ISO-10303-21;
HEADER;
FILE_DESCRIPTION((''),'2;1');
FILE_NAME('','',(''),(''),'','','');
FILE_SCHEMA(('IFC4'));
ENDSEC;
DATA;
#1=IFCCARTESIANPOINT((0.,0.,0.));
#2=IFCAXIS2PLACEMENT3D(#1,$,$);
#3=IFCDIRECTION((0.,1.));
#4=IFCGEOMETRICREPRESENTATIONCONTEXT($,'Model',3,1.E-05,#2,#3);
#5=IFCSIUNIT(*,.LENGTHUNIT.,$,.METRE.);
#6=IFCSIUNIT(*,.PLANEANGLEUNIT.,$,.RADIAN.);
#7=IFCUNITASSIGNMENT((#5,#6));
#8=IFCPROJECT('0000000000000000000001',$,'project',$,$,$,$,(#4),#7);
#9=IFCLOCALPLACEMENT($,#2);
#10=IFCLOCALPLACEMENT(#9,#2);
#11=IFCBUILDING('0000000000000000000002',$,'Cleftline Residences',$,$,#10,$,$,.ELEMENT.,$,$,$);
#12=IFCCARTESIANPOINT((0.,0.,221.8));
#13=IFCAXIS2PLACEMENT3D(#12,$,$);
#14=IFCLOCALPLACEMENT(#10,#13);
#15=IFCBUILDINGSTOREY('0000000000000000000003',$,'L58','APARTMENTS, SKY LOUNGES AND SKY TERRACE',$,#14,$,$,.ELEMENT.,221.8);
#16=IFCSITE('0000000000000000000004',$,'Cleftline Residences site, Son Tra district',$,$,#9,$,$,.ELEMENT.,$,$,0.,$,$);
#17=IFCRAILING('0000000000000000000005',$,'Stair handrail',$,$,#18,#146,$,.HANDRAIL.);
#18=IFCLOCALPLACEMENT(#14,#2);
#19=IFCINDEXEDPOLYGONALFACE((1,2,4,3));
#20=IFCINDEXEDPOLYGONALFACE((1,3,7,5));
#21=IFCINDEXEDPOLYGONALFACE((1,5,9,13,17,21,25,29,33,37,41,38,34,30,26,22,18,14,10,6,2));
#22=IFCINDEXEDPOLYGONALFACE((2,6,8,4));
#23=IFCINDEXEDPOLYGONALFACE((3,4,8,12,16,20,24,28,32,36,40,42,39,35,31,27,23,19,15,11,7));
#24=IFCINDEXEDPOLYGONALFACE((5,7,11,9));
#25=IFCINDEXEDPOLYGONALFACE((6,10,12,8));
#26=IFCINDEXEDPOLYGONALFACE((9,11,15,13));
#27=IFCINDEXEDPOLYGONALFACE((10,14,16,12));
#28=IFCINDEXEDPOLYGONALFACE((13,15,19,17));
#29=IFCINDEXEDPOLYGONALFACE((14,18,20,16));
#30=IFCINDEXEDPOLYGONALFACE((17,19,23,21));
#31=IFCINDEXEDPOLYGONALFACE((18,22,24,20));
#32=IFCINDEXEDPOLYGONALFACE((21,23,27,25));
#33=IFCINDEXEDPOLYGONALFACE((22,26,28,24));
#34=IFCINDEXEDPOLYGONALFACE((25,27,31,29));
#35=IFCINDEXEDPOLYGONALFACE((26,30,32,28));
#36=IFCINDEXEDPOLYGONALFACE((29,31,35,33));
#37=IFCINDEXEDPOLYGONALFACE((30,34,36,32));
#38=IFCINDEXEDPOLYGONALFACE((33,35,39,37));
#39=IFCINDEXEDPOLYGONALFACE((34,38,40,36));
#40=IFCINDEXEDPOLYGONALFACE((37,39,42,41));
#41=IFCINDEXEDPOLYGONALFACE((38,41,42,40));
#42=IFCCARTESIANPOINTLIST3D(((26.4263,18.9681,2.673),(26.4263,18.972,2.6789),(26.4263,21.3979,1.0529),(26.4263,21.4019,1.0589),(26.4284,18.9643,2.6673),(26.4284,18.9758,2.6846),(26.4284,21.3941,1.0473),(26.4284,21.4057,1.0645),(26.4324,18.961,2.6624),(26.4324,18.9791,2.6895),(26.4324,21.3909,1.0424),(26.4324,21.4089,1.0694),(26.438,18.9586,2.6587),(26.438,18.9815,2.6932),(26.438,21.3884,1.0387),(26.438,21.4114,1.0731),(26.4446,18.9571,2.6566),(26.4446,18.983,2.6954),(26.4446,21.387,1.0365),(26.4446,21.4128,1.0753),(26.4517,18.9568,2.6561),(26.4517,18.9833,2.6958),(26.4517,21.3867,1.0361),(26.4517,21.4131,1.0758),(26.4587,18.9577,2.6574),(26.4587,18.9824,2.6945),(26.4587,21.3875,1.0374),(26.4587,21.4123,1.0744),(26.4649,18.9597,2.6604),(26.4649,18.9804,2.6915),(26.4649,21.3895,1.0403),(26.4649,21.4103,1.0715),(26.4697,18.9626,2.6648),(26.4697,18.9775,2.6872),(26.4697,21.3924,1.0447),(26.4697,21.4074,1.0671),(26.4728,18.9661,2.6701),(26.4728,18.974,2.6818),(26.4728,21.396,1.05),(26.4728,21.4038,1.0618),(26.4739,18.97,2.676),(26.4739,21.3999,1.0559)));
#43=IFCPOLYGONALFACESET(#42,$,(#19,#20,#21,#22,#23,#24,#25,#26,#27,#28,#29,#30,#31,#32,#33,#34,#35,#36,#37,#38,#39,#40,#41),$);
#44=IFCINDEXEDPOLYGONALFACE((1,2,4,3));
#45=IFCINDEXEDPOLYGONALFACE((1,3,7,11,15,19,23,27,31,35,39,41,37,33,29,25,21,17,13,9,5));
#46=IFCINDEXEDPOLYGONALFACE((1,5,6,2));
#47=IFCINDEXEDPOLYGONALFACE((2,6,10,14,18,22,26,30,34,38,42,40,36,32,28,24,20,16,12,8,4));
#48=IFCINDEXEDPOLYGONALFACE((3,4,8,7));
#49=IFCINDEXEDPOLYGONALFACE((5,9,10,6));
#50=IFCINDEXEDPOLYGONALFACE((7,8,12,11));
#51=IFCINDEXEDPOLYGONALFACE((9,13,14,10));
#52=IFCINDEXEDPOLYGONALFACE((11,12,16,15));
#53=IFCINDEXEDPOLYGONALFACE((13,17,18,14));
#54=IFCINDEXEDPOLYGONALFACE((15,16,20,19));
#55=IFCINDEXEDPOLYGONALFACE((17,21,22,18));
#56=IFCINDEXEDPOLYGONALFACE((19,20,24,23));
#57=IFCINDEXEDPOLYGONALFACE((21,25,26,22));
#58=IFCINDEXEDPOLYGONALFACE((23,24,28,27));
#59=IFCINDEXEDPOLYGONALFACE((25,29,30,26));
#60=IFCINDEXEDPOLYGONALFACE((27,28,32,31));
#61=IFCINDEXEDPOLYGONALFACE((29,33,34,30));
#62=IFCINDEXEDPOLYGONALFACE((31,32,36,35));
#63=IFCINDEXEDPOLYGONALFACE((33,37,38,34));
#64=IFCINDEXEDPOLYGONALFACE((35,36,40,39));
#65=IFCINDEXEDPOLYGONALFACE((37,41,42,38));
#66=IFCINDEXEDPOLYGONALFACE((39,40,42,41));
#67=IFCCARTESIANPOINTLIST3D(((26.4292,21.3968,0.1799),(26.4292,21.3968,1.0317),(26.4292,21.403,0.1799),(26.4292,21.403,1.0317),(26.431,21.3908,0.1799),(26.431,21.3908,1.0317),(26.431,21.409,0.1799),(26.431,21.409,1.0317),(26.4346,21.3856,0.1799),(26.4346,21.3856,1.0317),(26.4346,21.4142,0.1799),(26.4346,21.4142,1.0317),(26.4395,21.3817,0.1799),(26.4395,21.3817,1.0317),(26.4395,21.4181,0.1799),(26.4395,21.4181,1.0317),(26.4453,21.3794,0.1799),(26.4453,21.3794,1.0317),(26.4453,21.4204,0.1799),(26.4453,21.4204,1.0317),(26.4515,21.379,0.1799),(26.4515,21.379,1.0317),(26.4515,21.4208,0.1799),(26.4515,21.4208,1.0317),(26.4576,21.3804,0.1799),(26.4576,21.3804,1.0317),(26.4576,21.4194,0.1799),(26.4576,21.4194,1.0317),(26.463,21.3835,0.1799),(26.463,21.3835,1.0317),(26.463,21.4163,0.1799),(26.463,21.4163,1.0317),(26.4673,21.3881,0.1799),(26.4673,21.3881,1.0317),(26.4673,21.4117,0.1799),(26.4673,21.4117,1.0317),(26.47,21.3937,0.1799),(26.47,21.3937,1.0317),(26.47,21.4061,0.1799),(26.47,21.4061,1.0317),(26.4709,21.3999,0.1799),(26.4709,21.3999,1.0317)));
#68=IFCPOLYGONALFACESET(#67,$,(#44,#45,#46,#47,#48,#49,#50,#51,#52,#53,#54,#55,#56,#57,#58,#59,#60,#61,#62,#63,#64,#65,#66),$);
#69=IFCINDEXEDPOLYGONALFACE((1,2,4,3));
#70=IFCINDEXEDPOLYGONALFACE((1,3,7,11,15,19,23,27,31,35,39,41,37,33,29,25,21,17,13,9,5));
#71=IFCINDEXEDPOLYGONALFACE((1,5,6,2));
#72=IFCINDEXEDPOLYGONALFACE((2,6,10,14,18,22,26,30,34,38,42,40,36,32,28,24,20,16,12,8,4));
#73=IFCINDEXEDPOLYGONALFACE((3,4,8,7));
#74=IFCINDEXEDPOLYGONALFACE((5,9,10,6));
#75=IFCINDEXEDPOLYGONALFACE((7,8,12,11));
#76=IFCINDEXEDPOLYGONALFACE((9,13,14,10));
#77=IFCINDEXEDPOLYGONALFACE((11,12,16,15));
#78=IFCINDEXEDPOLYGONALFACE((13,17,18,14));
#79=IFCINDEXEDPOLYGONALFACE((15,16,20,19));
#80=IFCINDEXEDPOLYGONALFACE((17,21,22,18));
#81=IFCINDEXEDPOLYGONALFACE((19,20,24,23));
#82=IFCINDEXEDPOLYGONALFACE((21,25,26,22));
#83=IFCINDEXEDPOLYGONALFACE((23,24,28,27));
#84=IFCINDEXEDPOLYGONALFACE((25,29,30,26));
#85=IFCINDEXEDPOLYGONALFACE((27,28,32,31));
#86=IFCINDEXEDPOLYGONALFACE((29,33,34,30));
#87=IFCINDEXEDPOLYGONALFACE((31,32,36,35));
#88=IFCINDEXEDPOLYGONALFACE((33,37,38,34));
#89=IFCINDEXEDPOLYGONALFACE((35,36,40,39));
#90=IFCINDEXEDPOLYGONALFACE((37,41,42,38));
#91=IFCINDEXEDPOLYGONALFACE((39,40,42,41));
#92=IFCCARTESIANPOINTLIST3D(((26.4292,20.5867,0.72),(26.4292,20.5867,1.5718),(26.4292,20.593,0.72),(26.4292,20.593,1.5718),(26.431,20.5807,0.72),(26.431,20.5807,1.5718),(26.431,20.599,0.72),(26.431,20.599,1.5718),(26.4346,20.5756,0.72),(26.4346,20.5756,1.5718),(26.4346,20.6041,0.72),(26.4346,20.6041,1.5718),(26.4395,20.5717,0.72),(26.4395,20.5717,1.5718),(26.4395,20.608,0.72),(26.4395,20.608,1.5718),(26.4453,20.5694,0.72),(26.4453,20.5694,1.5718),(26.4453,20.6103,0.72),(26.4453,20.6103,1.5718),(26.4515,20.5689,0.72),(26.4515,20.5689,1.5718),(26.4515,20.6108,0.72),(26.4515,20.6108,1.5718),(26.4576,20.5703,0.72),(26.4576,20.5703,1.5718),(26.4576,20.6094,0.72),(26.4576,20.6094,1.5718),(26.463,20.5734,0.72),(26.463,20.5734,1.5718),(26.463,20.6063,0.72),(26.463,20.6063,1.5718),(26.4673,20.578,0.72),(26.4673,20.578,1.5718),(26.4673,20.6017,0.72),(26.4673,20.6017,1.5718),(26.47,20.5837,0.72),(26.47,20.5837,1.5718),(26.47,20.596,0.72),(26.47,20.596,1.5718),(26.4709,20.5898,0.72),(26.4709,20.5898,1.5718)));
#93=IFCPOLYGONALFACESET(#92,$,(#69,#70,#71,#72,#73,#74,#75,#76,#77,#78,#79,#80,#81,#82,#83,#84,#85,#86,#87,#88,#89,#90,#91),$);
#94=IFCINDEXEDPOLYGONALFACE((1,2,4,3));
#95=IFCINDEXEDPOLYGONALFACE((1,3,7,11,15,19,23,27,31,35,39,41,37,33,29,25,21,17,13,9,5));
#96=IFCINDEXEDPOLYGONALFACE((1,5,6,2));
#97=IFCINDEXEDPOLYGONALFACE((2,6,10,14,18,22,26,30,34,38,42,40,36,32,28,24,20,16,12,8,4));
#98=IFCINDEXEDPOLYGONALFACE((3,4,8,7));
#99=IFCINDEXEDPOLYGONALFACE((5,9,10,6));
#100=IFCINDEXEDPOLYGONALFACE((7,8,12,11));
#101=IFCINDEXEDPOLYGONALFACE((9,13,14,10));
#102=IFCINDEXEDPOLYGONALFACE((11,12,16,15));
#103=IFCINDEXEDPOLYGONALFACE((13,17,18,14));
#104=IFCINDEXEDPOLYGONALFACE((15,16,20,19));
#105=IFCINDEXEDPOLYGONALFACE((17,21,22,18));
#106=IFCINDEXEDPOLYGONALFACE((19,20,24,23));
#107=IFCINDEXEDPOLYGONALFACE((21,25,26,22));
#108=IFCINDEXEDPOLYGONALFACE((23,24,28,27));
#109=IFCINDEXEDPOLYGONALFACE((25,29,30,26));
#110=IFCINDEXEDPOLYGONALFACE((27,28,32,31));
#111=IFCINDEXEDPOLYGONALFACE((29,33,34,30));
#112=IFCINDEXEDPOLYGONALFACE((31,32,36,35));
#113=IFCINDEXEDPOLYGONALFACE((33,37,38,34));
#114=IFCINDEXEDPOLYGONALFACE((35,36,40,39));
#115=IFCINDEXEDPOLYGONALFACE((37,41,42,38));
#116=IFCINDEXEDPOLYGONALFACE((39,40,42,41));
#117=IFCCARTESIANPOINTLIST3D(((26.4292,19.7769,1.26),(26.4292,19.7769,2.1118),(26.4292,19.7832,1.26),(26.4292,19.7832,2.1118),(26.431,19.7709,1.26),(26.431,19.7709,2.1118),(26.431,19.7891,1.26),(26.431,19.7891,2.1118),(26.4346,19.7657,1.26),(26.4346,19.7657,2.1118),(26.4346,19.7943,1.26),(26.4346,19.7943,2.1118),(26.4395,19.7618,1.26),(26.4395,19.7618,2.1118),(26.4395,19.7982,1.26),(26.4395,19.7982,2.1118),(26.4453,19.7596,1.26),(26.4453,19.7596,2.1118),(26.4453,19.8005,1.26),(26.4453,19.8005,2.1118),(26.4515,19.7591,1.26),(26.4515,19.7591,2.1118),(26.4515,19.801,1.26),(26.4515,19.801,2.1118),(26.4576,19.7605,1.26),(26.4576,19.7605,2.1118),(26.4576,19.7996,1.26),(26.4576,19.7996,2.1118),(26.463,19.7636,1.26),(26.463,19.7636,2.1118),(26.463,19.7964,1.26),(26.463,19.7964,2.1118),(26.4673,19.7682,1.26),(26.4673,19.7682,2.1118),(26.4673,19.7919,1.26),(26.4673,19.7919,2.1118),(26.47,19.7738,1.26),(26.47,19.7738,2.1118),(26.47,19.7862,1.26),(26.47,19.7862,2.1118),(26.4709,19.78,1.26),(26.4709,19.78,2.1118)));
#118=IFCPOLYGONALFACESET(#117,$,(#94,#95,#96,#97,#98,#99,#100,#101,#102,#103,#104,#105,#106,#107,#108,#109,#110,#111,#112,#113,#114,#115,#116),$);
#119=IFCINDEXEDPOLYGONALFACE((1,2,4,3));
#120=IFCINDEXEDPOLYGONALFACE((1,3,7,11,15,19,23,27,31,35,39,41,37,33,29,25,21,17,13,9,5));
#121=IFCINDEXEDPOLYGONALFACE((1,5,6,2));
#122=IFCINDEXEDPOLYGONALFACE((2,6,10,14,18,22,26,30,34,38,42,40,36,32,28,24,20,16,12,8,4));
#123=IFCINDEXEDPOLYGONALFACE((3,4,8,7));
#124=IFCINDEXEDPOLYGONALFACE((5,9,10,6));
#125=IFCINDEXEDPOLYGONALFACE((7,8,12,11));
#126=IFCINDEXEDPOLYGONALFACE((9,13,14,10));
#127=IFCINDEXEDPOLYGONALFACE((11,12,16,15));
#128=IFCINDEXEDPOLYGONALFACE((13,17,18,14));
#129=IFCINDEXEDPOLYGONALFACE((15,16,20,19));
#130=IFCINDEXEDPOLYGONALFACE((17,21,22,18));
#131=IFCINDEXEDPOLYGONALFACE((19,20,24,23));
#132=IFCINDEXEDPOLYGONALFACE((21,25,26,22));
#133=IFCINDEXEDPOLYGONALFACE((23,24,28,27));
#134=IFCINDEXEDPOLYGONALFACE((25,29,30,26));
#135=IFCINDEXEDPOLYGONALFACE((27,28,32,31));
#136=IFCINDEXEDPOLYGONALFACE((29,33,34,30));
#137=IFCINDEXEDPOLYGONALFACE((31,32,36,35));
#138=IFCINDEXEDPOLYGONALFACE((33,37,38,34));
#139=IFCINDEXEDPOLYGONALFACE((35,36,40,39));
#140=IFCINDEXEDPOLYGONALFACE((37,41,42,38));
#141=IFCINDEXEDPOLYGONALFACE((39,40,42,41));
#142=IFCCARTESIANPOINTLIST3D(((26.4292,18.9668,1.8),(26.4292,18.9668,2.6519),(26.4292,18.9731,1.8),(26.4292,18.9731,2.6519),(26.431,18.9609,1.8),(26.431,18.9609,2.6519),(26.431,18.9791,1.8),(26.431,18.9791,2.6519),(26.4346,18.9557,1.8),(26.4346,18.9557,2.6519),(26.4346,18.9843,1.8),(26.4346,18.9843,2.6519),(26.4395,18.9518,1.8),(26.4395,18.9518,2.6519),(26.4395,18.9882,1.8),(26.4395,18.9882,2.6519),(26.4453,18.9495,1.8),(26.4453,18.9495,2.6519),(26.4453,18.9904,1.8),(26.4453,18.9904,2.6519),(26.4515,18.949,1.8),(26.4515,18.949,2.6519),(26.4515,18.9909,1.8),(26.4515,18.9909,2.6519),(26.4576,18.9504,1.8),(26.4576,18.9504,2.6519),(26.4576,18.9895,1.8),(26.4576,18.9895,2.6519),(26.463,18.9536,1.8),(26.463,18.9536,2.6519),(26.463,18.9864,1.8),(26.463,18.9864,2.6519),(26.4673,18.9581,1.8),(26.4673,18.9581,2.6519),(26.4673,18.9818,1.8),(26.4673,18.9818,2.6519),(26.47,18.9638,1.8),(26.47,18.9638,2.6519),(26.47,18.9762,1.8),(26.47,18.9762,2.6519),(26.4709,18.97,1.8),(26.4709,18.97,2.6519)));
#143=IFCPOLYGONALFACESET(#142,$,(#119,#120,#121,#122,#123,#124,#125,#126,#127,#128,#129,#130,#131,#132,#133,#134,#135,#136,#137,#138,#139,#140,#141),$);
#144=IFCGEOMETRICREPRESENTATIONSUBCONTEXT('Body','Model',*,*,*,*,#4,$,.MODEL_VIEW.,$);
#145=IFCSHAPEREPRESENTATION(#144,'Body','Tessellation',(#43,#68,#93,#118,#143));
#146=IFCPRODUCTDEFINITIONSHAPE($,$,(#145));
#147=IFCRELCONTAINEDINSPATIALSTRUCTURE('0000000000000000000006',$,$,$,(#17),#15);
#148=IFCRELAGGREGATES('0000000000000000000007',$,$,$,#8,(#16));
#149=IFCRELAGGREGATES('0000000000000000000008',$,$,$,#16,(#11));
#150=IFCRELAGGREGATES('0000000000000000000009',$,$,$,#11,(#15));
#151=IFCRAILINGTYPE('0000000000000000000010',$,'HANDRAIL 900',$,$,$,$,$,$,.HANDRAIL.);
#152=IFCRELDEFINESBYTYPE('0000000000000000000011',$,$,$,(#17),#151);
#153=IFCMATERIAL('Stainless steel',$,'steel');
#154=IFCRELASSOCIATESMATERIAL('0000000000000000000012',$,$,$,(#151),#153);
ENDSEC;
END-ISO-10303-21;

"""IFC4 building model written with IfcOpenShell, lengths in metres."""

from ifc_helpers import new_model, si_unit, direction, frame, origin, origin_2d, place, context, subcontext, project, spatial, circle, extrude, material, type_object, element, save


model = new_model("IFC4")

# Units and contexts
model_context = context("Model", 3, precision=1e-05, world=origin(), true_north=direction((0.0, 1.0)))
body_context = subcontext(model_context, "Body", "Model", "MODEL_VIEW")
ifc_project = project(units=[si_unit("LENGTHUNIT", "METRE"), si_unit("PLANEANGLEUNIT", "RADIAN")], contexts=[model_context])

# Site, building, storey
site_placement = place(None, origin())
site = spatial("IfcSite", under=ifc_project, at=site_placement, Name="Cleftline Residences site, Son Tra district", CompositionType="ELEMENT", RefElevation=0.0)
building_placement = place(site_placement, origin())
building = spatial("IfcBuilding", under=site, at=building_placement, Name="Cleftline Residences", CompositionType="ELEMENT")
storey_placement = place(building_placement, frame((0.0, 0.0, 221.8)))
storey = spatial("IfcBuildingStorey", under=building, at=storey_placement, Name="L58", Description="APARTMENTS, SKY LOUNGES AND SKY TERRACE", CompositionType="ELEMENT", Elevation=221.8)

# Railing
ifc_material_1 = material(Name="Stainless steel", Category="steel")
railing_type = type_object("IfcRailingType", Name="HANDRAIL 900", PredefinedType="HANDRAIL", material=ifc_material_1)
railing_1_placement = place(storey_placement, frame((26.45, 21.3999, 0.1799)))
element("IfcRailing", 1, at=railing_1_placement, inside=storey, type_object=railing_type, Name="Stair handrail", PredefinedType="HANDRAIL", context=body_context, shape_type="SweptSolid", body=[
    extrude(circle(Radius=0.0239, at=origin_2d()), frame((0.0, 0.0, 0.876), z_axis=(0.0, -0.832025, 0.554739), x_axis=(1.0, 0.0, 0.0)), (0.0, 0.0, 1.0), 2.9204),
    extrude(circle(Radius=0.021, at=origin_2d()), origin(), (0.0, 0.0, 1.0), 0.8518),
    extrude(circle(Radius=0.021, at=origin_2d()), frame((0.0, -0.8101, 0.54)), (0.0, 0.0, 1.0), 0.8518),
    extrude(circle(Radius=0.021, at=origin_2d()), frame((0.0, -1.6199, 1.0801)), (0.0, 0.0, 1.0), 0.8518),
    extrude(circle(Radius=0.021, at=origin_2d()), frame((0.0, -2.4299, 1.6201)), (0.0, 0.0, 1.0), 0.8518),
])

save(model, "model.ifc")
